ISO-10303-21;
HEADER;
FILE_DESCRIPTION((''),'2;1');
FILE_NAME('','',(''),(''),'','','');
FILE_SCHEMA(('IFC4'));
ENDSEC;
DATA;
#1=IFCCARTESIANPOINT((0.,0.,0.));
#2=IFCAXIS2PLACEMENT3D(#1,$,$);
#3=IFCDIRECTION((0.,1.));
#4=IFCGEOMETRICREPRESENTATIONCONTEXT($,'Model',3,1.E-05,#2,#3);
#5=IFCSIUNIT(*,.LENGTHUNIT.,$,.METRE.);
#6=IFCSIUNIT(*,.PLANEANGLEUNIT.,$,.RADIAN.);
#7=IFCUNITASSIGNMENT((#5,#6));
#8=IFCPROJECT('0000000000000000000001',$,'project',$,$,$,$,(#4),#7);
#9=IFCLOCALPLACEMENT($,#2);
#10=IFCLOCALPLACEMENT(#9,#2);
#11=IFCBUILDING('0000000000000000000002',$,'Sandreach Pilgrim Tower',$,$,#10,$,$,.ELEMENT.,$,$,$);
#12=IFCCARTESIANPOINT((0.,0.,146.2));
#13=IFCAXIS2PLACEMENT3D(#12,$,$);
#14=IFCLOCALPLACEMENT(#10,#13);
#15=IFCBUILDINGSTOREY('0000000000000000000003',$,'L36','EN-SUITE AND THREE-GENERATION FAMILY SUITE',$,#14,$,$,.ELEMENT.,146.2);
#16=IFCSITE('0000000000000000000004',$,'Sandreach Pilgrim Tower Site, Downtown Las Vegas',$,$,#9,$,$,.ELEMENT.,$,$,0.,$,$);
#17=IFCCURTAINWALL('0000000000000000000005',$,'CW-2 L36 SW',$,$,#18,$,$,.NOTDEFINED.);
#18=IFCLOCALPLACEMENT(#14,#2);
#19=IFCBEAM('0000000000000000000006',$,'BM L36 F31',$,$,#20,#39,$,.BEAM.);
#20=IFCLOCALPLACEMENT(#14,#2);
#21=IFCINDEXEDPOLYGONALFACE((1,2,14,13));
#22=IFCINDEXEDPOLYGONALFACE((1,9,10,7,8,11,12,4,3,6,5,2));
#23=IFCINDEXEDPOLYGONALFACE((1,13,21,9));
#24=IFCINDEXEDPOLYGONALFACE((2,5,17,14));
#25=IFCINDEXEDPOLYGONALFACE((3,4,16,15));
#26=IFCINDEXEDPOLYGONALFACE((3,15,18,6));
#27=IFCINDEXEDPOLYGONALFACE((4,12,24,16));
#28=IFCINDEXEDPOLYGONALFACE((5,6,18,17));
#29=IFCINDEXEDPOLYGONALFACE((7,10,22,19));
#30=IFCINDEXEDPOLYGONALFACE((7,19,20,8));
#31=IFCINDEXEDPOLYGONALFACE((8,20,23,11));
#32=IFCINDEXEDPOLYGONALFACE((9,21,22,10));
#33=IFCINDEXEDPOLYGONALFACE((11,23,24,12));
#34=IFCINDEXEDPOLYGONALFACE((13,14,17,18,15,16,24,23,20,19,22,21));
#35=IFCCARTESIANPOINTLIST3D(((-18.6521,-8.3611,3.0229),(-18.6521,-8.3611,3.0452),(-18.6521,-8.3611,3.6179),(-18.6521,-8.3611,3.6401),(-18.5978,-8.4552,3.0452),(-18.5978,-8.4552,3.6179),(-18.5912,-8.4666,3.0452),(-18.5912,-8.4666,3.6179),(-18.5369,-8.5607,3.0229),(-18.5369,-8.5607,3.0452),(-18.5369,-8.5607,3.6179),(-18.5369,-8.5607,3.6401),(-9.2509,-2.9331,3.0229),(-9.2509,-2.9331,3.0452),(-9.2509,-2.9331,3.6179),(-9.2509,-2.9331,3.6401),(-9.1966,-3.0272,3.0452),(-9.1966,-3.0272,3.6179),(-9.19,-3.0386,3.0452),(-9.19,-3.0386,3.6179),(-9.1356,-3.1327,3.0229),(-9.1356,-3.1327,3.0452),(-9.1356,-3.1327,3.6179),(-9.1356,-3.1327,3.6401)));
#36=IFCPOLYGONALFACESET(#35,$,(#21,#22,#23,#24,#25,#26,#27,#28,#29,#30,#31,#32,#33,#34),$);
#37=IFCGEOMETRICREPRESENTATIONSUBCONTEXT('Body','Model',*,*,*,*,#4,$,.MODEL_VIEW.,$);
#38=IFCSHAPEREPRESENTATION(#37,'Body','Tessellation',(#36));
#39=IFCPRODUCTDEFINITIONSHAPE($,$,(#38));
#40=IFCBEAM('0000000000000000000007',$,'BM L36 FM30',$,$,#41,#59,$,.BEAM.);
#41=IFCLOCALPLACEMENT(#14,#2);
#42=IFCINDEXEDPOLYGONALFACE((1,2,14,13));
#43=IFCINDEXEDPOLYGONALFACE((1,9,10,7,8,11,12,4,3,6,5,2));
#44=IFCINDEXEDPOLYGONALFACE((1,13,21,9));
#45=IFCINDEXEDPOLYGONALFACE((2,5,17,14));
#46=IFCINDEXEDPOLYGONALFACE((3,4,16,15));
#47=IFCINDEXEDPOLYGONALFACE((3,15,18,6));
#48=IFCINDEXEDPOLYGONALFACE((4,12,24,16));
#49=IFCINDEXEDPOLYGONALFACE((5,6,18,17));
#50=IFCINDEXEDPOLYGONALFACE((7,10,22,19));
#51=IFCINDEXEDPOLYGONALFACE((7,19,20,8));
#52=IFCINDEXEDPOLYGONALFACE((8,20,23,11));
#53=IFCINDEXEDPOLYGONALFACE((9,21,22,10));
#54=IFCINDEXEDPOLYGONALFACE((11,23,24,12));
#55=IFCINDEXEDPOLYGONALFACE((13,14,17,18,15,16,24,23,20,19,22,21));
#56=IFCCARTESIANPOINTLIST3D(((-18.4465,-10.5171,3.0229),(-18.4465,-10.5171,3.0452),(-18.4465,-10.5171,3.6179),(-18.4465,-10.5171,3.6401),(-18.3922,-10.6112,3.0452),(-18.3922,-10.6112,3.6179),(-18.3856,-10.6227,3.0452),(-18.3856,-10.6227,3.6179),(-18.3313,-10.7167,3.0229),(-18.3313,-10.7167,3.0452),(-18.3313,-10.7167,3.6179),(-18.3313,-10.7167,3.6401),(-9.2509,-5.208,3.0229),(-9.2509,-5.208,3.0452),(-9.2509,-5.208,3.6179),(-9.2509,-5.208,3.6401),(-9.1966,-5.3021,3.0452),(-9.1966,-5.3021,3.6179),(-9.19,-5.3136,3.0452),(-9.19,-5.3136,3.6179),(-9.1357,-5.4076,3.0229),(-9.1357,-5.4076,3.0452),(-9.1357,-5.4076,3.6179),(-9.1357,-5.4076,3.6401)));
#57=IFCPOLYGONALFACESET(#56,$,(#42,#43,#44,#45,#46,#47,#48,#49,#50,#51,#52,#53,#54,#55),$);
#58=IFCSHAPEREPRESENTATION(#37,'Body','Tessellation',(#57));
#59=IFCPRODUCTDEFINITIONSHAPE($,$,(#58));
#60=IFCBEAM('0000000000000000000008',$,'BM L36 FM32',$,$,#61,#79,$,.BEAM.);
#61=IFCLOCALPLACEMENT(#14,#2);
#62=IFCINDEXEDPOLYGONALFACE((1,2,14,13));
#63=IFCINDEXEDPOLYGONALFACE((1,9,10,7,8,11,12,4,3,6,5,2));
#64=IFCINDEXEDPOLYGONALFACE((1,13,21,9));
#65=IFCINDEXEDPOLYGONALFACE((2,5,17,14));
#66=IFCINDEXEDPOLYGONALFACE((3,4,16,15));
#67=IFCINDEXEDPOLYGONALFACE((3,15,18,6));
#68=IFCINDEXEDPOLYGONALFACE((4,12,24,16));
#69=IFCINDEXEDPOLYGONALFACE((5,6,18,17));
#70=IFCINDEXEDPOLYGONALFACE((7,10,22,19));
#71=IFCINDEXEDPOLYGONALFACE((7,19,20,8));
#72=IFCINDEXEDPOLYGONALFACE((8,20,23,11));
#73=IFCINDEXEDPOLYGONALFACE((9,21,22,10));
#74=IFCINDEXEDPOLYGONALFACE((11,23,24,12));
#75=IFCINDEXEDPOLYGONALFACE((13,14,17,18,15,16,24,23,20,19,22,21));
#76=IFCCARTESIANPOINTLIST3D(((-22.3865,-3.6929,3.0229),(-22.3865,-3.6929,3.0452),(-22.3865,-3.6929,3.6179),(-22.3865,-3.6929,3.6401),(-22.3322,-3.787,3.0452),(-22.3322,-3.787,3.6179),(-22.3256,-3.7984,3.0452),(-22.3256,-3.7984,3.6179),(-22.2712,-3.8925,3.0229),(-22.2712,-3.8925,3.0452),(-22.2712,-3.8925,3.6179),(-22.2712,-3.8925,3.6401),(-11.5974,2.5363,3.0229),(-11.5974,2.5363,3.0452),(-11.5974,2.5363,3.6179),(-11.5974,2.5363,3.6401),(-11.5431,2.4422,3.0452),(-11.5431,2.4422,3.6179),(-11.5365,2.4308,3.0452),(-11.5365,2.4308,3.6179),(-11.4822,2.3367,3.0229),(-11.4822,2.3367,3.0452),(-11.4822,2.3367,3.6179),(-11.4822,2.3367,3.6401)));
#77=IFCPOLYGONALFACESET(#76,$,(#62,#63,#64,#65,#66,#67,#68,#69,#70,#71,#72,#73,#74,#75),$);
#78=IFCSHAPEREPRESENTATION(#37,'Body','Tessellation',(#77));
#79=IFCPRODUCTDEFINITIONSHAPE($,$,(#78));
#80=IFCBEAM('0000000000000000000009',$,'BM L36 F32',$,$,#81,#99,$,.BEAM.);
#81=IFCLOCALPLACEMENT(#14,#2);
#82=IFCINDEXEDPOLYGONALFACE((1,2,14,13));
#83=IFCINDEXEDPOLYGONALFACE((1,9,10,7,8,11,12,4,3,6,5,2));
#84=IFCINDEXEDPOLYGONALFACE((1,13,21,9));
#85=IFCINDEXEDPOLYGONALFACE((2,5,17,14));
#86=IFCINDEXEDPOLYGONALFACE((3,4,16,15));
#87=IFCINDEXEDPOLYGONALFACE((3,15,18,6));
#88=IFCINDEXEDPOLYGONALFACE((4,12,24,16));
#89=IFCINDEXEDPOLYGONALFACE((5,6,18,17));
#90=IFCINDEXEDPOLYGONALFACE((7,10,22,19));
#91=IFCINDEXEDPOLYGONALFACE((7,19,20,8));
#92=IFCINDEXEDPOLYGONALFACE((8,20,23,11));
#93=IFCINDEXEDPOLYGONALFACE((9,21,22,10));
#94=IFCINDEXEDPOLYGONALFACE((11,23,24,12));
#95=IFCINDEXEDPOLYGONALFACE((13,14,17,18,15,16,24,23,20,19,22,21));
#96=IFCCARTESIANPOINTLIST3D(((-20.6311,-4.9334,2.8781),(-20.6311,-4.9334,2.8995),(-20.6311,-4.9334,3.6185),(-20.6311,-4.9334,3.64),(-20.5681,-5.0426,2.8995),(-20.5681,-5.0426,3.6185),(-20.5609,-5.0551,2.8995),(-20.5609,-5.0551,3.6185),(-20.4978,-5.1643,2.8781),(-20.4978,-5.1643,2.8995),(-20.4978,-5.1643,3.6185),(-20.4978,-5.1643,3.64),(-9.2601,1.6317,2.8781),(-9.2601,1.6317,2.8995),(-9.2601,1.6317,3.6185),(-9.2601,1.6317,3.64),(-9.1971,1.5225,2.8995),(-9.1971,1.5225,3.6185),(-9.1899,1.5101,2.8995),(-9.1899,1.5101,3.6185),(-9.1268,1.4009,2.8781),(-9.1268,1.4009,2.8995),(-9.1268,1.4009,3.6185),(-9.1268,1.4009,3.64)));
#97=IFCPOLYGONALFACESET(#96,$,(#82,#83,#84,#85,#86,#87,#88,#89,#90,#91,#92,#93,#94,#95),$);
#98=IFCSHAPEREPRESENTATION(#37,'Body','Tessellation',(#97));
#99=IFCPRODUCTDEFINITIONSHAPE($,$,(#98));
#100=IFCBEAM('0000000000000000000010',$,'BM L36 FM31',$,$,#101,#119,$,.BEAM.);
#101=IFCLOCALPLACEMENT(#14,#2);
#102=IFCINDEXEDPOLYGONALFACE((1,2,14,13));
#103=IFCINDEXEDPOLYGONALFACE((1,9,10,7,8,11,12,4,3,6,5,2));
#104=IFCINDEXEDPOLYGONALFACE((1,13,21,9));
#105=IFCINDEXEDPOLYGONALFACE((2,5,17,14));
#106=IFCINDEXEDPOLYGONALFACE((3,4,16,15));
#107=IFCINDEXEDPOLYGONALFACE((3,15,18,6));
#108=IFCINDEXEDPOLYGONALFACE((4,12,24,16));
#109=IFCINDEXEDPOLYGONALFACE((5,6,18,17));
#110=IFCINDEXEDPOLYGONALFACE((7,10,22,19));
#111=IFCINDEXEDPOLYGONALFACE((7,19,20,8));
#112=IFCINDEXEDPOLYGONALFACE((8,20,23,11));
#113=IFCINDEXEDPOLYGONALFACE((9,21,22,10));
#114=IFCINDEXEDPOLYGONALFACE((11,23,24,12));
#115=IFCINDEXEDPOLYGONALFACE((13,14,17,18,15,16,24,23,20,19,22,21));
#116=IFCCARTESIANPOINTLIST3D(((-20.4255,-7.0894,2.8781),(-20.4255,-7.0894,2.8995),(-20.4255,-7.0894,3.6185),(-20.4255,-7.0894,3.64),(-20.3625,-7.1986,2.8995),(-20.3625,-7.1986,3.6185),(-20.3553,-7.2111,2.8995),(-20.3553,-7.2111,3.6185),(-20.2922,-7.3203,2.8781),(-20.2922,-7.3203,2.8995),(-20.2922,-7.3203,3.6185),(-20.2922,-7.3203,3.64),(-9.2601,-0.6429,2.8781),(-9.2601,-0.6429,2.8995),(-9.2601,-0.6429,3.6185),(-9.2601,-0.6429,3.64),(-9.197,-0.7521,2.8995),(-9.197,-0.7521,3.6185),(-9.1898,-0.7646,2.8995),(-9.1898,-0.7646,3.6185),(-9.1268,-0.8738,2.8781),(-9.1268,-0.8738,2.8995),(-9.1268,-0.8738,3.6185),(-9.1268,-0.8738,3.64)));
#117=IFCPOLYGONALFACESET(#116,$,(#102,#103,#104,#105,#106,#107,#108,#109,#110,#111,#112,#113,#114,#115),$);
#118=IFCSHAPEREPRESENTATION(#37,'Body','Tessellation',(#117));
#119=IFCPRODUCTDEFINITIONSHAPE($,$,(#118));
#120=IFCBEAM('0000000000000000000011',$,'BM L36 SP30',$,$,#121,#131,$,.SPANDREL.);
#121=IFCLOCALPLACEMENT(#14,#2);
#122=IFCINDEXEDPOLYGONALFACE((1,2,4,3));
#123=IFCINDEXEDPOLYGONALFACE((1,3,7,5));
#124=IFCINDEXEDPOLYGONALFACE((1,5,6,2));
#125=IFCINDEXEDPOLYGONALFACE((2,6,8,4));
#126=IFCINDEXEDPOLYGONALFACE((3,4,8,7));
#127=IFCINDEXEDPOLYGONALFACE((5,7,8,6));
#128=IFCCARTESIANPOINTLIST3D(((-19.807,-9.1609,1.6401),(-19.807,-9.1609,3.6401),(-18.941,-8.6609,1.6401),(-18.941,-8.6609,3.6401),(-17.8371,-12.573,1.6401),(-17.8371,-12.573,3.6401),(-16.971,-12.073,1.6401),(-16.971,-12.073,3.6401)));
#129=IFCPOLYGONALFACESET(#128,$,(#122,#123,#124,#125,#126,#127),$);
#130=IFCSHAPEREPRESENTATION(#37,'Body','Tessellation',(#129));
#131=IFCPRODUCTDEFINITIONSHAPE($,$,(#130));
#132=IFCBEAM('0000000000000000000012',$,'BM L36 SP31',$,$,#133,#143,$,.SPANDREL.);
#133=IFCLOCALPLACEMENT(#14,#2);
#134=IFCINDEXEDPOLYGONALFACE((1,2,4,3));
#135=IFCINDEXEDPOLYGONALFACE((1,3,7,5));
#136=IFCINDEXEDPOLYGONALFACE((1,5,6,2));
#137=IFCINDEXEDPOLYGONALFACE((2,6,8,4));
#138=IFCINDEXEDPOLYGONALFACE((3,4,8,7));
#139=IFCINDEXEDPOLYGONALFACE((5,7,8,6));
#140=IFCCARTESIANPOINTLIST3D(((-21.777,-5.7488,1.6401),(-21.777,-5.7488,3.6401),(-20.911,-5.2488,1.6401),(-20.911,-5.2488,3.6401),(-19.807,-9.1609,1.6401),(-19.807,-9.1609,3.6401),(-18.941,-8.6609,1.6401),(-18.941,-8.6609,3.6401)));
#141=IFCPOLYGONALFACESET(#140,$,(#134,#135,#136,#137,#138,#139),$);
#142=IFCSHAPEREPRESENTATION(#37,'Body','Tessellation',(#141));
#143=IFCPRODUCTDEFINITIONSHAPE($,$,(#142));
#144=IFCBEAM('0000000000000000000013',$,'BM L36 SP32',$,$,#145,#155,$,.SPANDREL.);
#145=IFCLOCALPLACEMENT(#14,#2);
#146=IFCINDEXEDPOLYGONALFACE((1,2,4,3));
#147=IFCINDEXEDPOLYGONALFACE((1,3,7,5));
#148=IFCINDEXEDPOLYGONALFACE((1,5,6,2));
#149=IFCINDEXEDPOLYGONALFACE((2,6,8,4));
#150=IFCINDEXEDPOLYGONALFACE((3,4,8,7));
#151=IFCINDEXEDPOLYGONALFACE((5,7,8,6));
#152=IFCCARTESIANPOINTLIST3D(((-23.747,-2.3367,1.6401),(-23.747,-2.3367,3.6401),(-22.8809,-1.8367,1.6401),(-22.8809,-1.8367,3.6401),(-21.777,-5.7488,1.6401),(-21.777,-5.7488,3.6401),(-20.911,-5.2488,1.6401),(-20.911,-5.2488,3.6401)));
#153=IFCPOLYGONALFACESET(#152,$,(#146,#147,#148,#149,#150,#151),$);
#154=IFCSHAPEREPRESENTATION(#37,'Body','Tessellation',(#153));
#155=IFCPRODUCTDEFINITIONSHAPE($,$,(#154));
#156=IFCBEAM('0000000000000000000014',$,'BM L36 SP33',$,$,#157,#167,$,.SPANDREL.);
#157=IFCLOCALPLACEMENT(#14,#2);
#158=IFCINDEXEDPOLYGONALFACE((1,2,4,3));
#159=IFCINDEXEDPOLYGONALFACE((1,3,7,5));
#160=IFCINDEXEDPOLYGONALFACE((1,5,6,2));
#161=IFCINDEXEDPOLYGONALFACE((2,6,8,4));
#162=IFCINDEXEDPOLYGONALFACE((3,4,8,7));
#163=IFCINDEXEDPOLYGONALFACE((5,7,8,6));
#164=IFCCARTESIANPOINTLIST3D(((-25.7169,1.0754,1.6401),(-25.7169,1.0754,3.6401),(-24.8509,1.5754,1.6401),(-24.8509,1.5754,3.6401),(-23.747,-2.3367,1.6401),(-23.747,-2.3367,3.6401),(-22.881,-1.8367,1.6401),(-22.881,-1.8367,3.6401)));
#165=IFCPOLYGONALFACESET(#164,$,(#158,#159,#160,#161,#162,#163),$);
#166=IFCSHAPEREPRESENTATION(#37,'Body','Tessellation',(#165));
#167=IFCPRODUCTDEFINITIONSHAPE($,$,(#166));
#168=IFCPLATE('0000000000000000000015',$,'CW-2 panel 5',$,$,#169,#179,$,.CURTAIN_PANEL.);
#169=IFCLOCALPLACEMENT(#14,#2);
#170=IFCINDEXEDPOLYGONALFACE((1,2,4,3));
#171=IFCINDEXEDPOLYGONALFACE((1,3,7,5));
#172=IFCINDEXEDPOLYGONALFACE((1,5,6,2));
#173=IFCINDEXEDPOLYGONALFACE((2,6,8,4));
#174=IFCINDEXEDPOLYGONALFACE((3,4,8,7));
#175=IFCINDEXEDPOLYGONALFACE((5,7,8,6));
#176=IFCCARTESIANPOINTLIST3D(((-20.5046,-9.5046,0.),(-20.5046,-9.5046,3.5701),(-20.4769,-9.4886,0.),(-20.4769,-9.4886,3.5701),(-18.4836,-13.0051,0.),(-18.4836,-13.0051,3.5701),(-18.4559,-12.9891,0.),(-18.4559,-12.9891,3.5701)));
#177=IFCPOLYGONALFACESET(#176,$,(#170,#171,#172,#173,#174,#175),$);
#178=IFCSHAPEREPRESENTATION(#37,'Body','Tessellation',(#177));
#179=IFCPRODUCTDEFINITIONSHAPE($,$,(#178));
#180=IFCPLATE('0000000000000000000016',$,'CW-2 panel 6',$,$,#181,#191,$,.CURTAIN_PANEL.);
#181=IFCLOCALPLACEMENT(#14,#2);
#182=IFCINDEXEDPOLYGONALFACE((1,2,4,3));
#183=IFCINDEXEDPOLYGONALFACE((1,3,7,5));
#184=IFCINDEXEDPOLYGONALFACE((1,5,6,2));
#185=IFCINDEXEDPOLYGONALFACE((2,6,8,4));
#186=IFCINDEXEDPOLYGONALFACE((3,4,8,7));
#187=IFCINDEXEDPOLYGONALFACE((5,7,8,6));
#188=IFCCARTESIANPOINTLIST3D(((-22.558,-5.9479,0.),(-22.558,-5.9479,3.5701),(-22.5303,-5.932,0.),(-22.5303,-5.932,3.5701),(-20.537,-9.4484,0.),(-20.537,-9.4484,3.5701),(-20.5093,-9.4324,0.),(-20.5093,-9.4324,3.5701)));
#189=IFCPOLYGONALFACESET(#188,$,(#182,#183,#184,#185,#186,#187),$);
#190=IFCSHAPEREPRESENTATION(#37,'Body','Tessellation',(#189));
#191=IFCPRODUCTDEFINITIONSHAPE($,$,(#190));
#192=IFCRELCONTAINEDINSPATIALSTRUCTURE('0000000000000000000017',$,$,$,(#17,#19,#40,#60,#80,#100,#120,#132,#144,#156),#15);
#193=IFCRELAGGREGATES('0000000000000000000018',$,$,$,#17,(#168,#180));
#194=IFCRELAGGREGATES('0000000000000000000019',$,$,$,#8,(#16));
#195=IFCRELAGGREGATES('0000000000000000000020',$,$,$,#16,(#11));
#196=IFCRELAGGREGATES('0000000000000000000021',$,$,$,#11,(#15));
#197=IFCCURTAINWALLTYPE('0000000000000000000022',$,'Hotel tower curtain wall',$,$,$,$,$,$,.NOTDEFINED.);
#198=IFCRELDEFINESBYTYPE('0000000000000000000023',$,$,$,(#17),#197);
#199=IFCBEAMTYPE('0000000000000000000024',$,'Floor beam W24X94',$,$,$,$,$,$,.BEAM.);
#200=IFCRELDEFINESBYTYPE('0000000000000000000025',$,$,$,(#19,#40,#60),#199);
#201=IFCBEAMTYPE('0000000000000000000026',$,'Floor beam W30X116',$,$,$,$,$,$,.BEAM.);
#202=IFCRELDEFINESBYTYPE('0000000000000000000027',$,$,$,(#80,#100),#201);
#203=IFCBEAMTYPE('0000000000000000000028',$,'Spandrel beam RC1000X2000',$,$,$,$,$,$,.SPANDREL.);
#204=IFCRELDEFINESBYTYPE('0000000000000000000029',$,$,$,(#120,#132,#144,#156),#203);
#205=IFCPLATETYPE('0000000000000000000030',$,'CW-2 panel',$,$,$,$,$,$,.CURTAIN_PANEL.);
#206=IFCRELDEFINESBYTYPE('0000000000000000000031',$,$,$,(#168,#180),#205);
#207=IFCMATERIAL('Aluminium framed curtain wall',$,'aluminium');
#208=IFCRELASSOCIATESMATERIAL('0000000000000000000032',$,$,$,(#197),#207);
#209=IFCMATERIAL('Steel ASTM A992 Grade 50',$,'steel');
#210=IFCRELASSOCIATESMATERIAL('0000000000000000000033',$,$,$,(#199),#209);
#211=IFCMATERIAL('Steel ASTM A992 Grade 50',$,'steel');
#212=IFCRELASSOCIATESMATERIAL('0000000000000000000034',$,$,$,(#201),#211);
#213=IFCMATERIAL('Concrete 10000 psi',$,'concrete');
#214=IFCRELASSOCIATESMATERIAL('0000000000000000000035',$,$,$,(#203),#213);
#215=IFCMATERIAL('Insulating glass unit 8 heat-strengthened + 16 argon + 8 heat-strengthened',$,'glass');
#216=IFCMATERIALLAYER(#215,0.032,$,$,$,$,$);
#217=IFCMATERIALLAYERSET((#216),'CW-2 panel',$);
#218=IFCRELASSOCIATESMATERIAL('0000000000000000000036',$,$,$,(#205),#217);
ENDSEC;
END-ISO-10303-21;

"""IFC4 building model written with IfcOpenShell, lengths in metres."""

from ifc_helpers import new_model, si_unit, direction, frame, origin, origin_2d, place, context, subcontext, project, spatial, rectangle, i_section, extrude, material, layer, layer_set, material_profile, profile_set, type_object, element, aggregate, save


model = new_model("IFC4")

# Units and contexts
model_context = context("Model", 3, precision=1e-05, world=origin(), true_north=direction((0.0, 1.0)))
body_context = subcontext(model_context, "Body", "Model", "MODEL_VIEW")
ifc_project = project(units=[si_unit("LENGTHUNIT", "METRE"), si_unit("PLANEANGLEUNIT", "RADIAN")], contexts=[model_context])

# Site, building, storey
site_placement = place(None, origin())
site = spatial("IfcSite", under=ifc_project, at=site_placement, Name="Sandreach Pilgrim Tower Site, Downtown Las Vegas", CompositionType="ELEMENT", RefElevation=0.0)
building_placement = place(site_placement, origin())
building = spatial("IfcBuilding", under=site, at=building_placement, Name="Sandreach Pilgrim Tower", CompositionType="ELEMENT")
storey_placement = place(building_placement, frame((0.0, 0.0, 146.2)))
storey = spatial("IfcBuildingStorey", under=building, at=storey_placement, Name="L36", Description="EN-SUITE AND THREE-GENERATION FAMILY SUITE", CompositionType="ELEMENT", Elevation=146.2)

# Curtain wall
ifc_material_1 = material(Name="Aluminium framed curtain wall", Category="aluminium")
curtain_wall_type = type_object("IfcCurtainWallType", Name="Hotel tower curtain wall", PredefinedType="NOTDEFINED", material=ifc_material_1)
curtain_wall_placement = place(storey_placement, origin())
curtain_wall = element("IfcCurtainWall", 1, at=curtain_wall_placement, inside=storey, type_object=curtain_wall_type, Name="CW-2 L36 SW", PredefinedType="NOTDEFINED")

# Beams
ifc_material_2 = material(Name="Steel ASTM A992 Grade 50", Category="steel")
ifc_material_profile_1 = material_profile(ifc_material_2, i_section(OverallWidth=0.2305, OverallDepth=0.6172, WebThickness=0.0132, FlangeThickness=0.0222, at=origin_2d()), Name="W24X94")
ifc_profile_set_1 = profile_set([ifc_material_profile_1], Name="Steel ASTM A992 Grade 50")
beam_type_1 = type_object("IfcBeamType", Name="Floor beam W24X94", PredefinedType="BEAM", material=ifc_profile_set_1)
beam_1_placement = place(storey_placement, frame((-18.5945, -8.4609, 3.3315), z_axis=(0.866016, 0.500016, 0.0), x_axis=(-0.500016, 0.866016, 0.0)))
element("IfcBeam", 2, at=beam_1_placement, inside=storey, type_object=beam_type_1, Name="BM L36 F31", PredefinedType="BEAM", context=body_context, shape_type="SweptSolid", body=[
    extrude(i_section(OverallWidth=0.2305, OverallDepth=0.6172, WebThickness=0.0132, FlangeThickness=0.0222, at=origin_2d()), origin(), (0.0, 0.0, 1.0), 10.8557),
])
beam_2_placement = place(storey_placement, frame((-18.3889, -10.6169, 3.3315), z_axis=(0.866024, 0.500002, 0.0), x_axis=(-0.500002, 0.866024, 0.0)))
element("IfcBeam", 3, at=beam_2_placement, inside=storey, type_object=beam_type_1, Name="BM L36 FM30", PredefinedType="BEAM", context=body_context, shape_type="SweptSolid", body=[
    extrude(i_section(OverallWidth=0.2305, OverallDepth=0.6172, WebThickness=0.0132, FlangeThickness=0.0222, at=origin_2d()), origin(), (0.0, 0.0, 1.0), 10.6182),
])
beam_3_placement = place(storey_placement, frame((-22.3289, -3.7927, 3.3315), z_axis=(0.866019, 0.500011, 0.0), x_axis=(-0.500011, 0.866019, 0.0)))
element("IfcBeam", 4, at=beam_3_placement, inside=storey, type_object=beam_type_1, Name="BM L36 FM32", PredefinedType="BEAM", context=body_context, shape_type="SweptSolid", body=[
    extrude(i_section(OverallWidth=0.2305, OverallDepth=0.6172, WebThickness=0.0132, FlangeThickness=0.0222, at=origin_2d()), origin(), (0.0, 0.0, 1.0), 12.4583),
])
ifc_material_3 = material(Name="Steel ASTM A992 Grade 50", Category="steel")
ifc_material_profile_2 = material_profile(ifc_material_3, i_section(OverallWidth=0.2666, OverallDepth=0.762, WebThickness=0.0144, FlangeThickness=0.0215, at=origin_2d()), Name="W30X116")
ifc_profile_set_2 = profile_set([ifc_material_profile_2], Name="Steel ASTM A992 Grade 50")
beam_type_2 = type_object("IfcBeamType", Name="Floor beam W30X116", PredefinedType="BEAM", material=ifc_profile_set_2)
beam_4_placement = place(storey_placement, frame((-20.5645, -5.0488, 3.259), z_axis=(0.866023, 0.500005, 0.0), x_axis=(-0.500005, 0.866023, 0.0)))
element("IfcBeam", 5, at=beam_4_placement, inside=storey, type_object=beam_type_2, Name="BM L36 F32", PredefinedType="BEAM", context=body_context, shape_type="SweptSolid", body=[
    extrude(i_section(OverallWidth=0.2666, OverallDepth=0.762, WebThickness=0.0144, FlangeThickness=0.0215, at=origin_2d()), origin(), (0.0, 0.0, 1.0), 13.1301),
])
beam_5_placement = place(storey_placement, frame((-20.3589, -7.2048, 3.259), z_axis=(0.866022, 0.500007, 0.0), x_axis=(-0.500007, 0.866022, 0.0)))
element("IfcBeam", 6, at=beam_5_placement, inside=storey, type_object=beam_type_2, Name="BM L36 FM31", PredefinedType="BEAM", context=body_context, shape_type="SweptSolid", body=[
    extrude(i_section(OverallWidth=0.2666, OverallDepth=0.762, WebThickness=0.0144, FlangeThickness=0.0215, at=origin_2d()), origin(), (0.0, 0.0, 1.0), 12.8928),
])
ifc_material_4 = material(Name="Concrete 10000 psi", Category="concrete")
ifc_material_profile_3 = material_profile(ifc_material_4, rectangle(XDim=1.0, YDim=2.0, at=origin_2d()), Name="RC1000X2000")
ifc_profile_set_3 = profile_set([ifc_material_profile_3], Name="Concrete 10000 psi")
beam_type_3 = type_object("IfcBeamType", Name="Spandrel beam RC1000X2000", PredefinedType="SPANDREL", material=ifc_profile_set_3)
for number, where, z_axis, x_axis, name in (
    (7, (-17.4041, -12.323, 2.6401), (-0.499998, 0.866027, 0.0), (-0.866027, -0.499998, 0.0), "BM L36 SP30"),
    (8, (-19.374, -8.9109, 2.6401), (-0.499998, 0.866027, 0.0), (-0.866027, -0.499998, 0.0), "BM L36 SP31"),
    (9, (-21.344, -5.4988, 2.6401), (-0.499998, 0.866027, 0.0), (-0.866027, -0.499998, 0.0), "BM L36 SP32"),
    (10, (-23.314, -2.0867, 2.6401), (-0.499998, 0.866027, 0.0), (-0.866027, -0.499998, 0.0), "BM L36 SP33"),
):
    element("IfcBeam", number, at=place(storey_placement, frame(where, z_axis=z_axis, x_axis=x_axis)), inside=storey, type_object=beam_type_3, Name=name, PredefinedType="SPANDREL", context=body_context, shape_type="SweptSolid", body=[
        extrude(rectangle(XDim=1.0, YDim=2.0, at=origin_2d()), origin(), (0.0, 0.0, 1.0), 3.9399),
    ])

# Plates
ifc_material_5 = material(Name="Insulating glass unit 8 heat-strengthened + 16 argon + 8 heat-strengthened", Category="glass")
ifc_layer_1 = layer(ifc_material_5, 0.032)
ifc_layer_set_1 = layer_set([ifc_layer_1], Name="CW-2 panel")
plate_type = type_object("IfcPlateType", Name="CW-2 panel", PredefinedType="CURTAIN_PANEL", material=ifc_layer_set_1)
plate_1_placement = place(storey_placement, frame((-19.4802, -11.2468, 0.0), z_axis=(0.0, 0.0, 1.0), x_axis=(-0.5, 0.866025, 0.0)))
plate_1 = element("IfcPlate", 11, at=plate_1_placement, type_object=plate_type, Name="CW-2 panel 5", PredefinedType="CURTAIN_PANEL", context=body_context, shape_type="SweptSolid", body=[
    extrude(rectangle(XDim=4.042, YDim=0.032, at=origin_2d()), origin(), (0.0, 0.0, 1.0), 3.5701),
])
plate_2_placement = place(storey_placement, frame((-21.5337, -7.6902, 0.0), z_axis=(0.0, 0.0, 1.0), x_axis=(-0.5, 0.866025, 0.0)))
plate_2 = element("IfcPlate", 12, at=plate_2_placement, type_object=plate_type, Name="CW-2 panel 6", PredefinedType="CURTAIN_PANEL", context=body_context, shape_type="SweptSolid", body=[
    extrude(rectangle(XDim=4.042, YDim=0.032, at=origin_2d()), origin(), (0.0, 0.0, 1.0), 3.5701),
])
aggregate(curtain_wall, [plate_1, plate_2])

save(model, "model.ifc")
